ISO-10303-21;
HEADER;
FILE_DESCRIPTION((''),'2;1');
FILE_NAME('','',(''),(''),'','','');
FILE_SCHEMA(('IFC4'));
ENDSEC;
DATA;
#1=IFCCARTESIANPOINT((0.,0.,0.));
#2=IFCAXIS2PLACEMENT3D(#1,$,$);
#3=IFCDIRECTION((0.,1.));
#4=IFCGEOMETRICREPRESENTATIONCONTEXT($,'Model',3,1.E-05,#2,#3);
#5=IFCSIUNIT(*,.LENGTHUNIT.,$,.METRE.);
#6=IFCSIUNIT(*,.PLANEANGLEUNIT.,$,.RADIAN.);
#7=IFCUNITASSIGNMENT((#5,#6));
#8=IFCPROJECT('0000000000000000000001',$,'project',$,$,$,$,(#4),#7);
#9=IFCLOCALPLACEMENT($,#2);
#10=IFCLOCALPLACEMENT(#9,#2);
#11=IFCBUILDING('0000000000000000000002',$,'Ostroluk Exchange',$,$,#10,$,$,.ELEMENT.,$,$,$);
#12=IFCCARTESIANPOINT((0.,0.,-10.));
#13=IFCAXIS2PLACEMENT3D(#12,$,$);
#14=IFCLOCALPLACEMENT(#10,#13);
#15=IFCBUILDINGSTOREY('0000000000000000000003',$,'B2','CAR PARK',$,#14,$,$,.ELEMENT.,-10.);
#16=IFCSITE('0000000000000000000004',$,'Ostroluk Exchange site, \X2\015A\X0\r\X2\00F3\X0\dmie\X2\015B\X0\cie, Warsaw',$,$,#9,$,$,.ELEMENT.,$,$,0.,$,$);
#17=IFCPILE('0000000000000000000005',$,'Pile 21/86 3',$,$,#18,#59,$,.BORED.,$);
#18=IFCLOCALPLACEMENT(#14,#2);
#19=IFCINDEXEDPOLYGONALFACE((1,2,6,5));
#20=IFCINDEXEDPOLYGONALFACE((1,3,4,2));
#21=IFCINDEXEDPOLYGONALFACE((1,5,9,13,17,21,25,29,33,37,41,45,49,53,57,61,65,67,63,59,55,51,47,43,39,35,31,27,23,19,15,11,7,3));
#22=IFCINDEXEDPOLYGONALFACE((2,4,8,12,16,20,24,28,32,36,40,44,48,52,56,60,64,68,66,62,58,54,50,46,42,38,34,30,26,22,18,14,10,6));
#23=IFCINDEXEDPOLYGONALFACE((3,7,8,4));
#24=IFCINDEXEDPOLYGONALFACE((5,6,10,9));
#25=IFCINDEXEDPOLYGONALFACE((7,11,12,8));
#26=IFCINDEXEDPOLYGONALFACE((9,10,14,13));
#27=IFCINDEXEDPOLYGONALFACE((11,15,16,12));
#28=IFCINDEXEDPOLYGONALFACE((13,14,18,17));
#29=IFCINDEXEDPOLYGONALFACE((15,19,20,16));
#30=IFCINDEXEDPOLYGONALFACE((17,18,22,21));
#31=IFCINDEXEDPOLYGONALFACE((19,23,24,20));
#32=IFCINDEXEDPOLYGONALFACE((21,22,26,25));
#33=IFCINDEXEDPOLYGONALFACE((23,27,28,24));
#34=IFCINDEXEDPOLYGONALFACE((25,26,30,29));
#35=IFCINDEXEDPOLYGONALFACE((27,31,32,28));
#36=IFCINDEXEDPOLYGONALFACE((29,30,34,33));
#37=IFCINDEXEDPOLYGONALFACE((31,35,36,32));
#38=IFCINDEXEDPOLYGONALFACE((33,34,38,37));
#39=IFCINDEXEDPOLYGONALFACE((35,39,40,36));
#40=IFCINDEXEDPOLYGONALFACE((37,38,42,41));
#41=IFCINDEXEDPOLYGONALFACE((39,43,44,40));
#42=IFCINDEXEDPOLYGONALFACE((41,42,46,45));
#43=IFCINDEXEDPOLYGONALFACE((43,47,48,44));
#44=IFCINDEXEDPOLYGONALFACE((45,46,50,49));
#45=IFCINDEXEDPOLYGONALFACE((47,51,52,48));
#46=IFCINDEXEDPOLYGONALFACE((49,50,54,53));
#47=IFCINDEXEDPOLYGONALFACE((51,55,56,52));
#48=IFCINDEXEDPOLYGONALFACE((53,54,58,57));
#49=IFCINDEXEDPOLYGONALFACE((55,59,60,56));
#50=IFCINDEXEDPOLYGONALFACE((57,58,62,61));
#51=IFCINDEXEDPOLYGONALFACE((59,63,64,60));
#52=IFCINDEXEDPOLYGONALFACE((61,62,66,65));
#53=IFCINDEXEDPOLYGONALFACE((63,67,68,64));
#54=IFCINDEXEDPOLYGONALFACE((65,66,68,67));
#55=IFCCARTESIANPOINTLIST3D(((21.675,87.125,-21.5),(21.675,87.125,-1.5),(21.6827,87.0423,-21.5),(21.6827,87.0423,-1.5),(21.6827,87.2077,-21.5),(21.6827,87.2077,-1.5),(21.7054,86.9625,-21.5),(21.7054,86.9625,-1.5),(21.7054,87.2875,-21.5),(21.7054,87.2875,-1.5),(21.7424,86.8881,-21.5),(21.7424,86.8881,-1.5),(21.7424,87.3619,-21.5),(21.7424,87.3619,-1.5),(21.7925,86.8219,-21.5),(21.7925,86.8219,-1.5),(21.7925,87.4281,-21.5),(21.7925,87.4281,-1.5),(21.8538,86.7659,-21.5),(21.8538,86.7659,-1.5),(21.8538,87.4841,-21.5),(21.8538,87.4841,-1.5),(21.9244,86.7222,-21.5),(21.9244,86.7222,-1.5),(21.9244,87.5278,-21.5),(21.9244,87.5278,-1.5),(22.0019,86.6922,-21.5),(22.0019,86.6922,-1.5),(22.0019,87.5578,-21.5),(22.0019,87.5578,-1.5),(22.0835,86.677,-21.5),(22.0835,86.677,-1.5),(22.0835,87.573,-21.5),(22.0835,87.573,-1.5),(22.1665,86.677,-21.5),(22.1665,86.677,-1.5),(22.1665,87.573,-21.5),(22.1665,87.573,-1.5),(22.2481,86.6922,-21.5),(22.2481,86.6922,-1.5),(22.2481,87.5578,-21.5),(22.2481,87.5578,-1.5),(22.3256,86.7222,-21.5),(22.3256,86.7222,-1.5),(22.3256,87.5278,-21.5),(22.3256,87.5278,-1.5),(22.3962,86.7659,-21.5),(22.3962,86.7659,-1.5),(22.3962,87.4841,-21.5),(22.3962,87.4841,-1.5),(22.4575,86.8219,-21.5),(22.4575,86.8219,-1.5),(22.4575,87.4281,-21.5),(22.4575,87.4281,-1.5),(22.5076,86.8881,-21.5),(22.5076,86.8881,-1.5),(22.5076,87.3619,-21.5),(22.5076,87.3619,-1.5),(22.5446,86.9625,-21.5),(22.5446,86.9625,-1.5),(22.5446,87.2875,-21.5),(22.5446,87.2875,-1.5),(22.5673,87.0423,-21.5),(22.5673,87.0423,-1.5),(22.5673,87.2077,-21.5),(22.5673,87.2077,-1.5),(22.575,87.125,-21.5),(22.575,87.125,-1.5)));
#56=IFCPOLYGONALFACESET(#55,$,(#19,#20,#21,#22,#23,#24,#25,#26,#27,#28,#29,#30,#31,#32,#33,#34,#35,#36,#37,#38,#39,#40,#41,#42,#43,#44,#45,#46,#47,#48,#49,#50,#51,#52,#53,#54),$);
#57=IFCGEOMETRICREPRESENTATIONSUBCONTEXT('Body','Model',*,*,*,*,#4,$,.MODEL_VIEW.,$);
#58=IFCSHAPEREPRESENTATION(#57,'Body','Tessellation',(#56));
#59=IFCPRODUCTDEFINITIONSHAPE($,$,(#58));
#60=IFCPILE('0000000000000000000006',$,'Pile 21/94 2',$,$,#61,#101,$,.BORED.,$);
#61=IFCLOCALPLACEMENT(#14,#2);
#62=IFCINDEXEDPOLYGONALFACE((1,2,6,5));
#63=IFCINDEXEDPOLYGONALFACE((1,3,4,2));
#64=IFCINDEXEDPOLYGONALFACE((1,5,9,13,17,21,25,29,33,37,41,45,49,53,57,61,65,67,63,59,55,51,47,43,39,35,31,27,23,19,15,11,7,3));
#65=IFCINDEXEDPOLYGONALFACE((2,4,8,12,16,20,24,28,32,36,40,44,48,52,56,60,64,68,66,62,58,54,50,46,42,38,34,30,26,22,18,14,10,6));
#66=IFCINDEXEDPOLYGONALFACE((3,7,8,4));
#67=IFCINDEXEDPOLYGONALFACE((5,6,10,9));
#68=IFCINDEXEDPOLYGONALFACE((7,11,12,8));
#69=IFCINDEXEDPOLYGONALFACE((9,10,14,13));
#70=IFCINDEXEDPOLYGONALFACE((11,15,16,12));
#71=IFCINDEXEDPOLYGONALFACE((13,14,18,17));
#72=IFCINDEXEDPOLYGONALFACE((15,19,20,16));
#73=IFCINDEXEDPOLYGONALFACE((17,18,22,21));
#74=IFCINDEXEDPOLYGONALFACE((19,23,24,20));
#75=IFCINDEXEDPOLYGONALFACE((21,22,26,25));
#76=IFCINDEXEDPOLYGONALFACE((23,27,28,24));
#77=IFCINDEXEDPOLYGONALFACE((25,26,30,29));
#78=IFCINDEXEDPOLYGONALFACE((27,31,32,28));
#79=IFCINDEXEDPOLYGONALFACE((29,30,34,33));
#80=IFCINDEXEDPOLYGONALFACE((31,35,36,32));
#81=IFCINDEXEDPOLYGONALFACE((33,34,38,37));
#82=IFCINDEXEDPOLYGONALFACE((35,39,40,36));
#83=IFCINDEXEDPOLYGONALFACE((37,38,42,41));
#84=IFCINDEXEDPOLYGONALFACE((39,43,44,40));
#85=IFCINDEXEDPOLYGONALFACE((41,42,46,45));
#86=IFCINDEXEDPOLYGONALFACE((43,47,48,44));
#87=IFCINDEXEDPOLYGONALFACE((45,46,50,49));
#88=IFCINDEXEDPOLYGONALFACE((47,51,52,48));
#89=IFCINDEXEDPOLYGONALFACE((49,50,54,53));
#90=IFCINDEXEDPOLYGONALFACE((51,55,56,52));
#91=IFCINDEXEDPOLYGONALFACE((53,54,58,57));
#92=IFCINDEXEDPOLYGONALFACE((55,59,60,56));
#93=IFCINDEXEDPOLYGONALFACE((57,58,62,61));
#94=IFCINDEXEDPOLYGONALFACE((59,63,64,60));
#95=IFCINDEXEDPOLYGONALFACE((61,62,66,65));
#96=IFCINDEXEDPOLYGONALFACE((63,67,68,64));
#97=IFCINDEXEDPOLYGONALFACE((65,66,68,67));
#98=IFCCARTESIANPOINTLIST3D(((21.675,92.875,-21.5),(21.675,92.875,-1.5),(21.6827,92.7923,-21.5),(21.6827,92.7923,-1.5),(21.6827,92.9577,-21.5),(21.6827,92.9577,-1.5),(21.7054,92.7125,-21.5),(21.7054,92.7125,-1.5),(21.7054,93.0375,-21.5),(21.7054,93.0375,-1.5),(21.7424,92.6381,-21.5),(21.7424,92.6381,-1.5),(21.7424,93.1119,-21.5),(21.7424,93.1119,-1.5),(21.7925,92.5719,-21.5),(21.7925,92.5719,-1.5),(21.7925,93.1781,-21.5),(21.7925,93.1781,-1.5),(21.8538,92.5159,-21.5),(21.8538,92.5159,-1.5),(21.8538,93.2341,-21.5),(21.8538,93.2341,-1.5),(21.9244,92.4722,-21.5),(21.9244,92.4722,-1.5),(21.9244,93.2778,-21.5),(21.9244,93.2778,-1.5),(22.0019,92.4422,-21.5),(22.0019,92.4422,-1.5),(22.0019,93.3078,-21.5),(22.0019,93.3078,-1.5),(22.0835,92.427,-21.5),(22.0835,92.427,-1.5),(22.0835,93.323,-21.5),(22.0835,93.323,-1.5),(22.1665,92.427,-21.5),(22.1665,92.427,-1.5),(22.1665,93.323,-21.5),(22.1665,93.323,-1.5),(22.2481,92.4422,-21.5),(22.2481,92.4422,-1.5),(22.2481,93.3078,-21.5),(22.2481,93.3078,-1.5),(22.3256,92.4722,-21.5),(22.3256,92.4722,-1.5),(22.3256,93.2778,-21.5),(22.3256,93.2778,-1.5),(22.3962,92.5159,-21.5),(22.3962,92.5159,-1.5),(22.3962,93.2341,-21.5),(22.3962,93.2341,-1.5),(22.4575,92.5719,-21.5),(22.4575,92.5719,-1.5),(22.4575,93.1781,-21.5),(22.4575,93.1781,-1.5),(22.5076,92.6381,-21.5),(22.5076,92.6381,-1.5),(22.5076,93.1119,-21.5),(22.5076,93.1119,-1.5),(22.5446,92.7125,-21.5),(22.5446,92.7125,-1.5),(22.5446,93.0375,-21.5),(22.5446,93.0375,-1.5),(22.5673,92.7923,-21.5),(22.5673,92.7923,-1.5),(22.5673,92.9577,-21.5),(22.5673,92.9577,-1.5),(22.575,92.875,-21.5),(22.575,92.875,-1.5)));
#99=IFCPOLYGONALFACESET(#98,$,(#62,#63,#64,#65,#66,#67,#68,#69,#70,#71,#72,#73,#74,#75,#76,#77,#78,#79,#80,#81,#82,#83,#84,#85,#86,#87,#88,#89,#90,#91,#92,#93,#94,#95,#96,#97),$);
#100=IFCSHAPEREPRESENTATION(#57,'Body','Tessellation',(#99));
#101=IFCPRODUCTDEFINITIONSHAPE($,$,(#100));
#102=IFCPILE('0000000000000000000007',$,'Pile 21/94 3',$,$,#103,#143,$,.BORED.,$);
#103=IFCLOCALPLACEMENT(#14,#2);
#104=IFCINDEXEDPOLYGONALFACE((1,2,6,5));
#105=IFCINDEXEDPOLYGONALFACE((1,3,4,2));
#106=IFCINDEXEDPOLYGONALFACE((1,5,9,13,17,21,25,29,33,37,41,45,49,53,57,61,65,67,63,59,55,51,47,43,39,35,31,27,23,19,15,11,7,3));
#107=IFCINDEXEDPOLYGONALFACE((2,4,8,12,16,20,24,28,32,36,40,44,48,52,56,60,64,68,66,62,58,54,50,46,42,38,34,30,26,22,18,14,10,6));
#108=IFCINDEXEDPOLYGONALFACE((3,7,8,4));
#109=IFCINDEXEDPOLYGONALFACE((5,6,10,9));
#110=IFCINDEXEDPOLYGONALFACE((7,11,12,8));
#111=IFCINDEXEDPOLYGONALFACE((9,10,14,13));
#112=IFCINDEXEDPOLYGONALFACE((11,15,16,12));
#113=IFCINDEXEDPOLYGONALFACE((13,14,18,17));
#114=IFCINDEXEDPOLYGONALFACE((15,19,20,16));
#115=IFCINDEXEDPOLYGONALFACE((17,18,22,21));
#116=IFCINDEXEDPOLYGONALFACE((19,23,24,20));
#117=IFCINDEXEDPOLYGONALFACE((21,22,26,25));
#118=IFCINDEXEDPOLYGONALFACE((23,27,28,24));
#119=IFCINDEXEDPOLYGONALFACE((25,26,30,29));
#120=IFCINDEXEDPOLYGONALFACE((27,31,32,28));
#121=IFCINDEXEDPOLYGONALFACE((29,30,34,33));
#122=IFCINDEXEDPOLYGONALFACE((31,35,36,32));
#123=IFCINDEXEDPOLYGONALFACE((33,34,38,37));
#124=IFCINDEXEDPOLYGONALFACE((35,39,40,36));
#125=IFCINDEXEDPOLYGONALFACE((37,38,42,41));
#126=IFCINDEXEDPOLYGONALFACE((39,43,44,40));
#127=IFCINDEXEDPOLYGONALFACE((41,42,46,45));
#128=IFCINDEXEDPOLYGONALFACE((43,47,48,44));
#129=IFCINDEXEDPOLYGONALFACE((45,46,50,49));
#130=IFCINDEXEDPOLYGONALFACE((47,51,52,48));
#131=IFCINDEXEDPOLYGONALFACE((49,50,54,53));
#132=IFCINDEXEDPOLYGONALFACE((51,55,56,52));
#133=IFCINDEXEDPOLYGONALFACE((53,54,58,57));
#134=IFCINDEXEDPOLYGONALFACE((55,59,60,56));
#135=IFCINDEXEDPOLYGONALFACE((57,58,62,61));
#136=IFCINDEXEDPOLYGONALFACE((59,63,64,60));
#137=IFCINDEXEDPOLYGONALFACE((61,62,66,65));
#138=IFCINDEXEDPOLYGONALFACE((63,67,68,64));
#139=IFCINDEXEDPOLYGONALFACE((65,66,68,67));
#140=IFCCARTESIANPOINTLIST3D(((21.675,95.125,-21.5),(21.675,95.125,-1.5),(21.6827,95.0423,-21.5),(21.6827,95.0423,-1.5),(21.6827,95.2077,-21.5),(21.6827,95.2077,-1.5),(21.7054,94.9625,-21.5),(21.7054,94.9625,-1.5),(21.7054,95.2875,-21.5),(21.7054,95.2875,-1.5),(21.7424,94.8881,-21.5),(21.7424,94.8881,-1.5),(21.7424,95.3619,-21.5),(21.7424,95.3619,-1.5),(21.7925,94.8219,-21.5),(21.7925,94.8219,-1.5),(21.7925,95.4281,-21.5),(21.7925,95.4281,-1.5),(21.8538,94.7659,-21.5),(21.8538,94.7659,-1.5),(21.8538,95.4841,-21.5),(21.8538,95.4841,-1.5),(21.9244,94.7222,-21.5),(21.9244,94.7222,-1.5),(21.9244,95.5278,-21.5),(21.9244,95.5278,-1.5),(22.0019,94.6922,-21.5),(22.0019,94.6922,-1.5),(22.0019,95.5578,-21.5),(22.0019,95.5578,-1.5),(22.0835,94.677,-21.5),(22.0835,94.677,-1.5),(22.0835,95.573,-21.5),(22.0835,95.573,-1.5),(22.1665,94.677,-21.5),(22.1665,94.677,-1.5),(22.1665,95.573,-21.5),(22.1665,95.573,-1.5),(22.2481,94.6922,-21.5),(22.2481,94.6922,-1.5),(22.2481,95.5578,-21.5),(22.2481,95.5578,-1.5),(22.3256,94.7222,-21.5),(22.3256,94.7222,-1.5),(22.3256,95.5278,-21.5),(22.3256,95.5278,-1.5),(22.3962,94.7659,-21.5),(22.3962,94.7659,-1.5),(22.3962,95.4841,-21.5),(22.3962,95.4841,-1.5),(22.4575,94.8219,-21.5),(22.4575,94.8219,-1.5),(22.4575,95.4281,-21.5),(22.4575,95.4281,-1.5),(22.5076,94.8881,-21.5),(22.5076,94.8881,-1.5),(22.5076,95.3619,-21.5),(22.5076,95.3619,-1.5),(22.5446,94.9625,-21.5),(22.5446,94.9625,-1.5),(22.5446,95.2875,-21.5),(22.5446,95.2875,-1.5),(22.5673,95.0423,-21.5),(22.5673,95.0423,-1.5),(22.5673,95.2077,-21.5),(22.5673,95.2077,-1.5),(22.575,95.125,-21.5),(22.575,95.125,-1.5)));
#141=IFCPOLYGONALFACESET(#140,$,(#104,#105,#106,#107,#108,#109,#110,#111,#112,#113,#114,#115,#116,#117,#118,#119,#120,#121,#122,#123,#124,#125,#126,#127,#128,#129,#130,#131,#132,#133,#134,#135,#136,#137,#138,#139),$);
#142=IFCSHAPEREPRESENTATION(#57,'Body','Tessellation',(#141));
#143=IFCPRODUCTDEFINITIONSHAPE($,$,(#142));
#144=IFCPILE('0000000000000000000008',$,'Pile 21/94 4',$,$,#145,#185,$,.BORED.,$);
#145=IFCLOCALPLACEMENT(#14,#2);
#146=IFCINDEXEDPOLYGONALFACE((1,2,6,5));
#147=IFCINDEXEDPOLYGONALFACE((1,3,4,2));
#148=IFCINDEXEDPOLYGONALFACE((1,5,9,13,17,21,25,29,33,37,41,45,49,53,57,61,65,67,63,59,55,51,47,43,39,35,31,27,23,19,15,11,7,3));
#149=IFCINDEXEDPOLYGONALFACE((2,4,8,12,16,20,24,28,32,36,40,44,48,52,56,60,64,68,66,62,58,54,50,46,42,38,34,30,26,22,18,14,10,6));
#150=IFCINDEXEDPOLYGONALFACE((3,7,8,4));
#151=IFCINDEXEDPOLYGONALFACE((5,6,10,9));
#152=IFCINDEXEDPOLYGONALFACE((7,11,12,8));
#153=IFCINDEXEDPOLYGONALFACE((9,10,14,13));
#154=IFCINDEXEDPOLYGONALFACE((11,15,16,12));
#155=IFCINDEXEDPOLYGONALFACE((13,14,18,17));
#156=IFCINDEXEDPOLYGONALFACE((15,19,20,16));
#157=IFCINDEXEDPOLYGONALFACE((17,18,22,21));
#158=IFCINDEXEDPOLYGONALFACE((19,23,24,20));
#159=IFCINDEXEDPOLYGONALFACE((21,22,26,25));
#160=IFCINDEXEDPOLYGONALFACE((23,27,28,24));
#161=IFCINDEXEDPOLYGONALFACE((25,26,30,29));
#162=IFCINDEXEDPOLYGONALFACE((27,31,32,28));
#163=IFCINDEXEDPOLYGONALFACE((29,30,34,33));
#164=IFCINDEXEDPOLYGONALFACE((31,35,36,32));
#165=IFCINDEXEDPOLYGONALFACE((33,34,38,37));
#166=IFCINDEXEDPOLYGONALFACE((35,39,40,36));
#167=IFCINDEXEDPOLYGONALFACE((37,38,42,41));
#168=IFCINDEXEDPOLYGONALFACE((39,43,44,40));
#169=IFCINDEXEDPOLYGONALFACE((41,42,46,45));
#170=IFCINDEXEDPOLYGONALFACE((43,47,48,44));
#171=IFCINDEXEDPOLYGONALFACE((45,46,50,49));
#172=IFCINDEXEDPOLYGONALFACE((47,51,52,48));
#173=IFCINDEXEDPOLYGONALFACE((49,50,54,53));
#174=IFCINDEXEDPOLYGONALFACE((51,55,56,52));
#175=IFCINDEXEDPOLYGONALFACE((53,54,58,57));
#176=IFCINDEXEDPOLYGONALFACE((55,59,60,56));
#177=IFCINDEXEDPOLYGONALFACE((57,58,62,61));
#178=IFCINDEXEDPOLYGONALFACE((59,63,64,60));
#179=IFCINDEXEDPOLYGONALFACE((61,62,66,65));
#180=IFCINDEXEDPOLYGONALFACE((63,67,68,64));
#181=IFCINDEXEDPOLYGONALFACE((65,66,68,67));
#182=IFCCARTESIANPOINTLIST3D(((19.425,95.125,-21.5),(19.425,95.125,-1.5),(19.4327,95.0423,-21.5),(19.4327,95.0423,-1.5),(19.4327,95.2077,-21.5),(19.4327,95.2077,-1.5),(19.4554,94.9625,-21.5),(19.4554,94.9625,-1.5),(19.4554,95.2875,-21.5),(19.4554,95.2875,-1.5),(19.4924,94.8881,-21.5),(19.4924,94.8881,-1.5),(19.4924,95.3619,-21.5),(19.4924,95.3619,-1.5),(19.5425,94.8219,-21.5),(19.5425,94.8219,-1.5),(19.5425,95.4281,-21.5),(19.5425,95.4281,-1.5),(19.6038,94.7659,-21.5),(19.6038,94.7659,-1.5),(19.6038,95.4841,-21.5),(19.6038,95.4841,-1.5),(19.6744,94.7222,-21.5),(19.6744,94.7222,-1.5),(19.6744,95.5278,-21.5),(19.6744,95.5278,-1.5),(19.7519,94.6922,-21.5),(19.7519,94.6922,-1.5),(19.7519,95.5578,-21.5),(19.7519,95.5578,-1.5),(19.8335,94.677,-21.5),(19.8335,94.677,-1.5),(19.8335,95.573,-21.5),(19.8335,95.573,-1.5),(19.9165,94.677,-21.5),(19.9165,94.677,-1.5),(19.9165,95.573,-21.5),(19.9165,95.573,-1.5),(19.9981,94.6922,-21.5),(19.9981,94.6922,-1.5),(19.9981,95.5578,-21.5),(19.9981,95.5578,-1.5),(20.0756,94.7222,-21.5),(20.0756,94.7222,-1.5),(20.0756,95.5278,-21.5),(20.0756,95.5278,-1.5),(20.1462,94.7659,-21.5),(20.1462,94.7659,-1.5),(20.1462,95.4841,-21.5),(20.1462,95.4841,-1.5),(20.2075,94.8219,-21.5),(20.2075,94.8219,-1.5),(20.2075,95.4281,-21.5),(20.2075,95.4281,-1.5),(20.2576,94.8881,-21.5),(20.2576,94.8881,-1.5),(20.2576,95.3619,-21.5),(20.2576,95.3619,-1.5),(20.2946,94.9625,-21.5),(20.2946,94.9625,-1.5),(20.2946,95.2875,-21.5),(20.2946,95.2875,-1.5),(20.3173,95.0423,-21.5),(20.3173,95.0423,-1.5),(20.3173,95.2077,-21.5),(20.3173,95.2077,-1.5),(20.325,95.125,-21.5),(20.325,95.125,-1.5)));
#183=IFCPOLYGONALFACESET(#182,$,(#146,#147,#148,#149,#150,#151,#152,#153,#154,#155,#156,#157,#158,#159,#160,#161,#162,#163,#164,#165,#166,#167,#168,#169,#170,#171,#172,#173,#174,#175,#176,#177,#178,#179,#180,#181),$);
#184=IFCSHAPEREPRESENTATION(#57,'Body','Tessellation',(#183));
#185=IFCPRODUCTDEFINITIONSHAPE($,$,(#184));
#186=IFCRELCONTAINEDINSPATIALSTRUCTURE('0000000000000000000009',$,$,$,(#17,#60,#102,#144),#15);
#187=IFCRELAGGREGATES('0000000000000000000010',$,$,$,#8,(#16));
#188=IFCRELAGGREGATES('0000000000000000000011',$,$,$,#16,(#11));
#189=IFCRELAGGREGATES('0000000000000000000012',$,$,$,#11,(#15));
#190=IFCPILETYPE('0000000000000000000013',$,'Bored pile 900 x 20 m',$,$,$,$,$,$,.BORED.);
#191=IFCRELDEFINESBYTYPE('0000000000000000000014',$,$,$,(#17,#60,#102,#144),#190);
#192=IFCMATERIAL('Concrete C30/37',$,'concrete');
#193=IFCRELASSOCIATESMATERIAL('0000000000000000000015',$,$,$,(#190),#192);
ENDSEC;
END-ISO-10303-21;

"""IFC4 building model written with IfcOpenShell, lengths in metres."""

from ifc_helpers import new_model, si_unit, direction, frame, origin, origin_2d, place, context, subcontext, project, spatial, circle, extrude, material, type_object, element, save


model = new_model("IFC4")

# Units and contexts
model_context = context("Model", 3, precision=1e-05, world=origin(), true_north=direction((0.0, 1.0)))
body_context = subcontext(model_context, "Body", "Model", "MODEL_VIEW")
ifc_project = project(units=[si_unit("LENGTHUNIT", "METRE"), si_unit("PLANEANGLEUNIT", "RADIAN")], contexts=[model_context])

# Site, building, storey
site_placement = place(None, origin())
site = spatial("IfcSite", under=ifc_project, at=site_placement, Name="Ostroluk Exchange site, Śródmieście, Warsaw", CompositionType="ELEMENT", RefElevation=0.0)
building_placement = place(site_placement, origin())
building = spatial("IfcBuilding", under=site, at=building_placement, Name="Ostroluk Exchange", CompositionType="ELEMENT")
storey_placement = place(building_placement, frame((0.0, 0.0, -10.0)))
storey = spatial("IfcBuildingStorey", under=building, at=storey_placement, Name="B2", Description="CAR PARK", CompositionType="ELEMENT", Elevation=-10.0)

# Piles
ifc_material_1 = material(Name="Concrete C30/37", Category="concrete")
pile_type = type_object("IfcPileType", Name="Bored pile 900 x 20 m", PredefinedType="BORED", material=ifc_material_1)
for number, where, z_axis, x_axis, name in (
    (1, (22.125, 87.125, -1.5), (0.0, 0.0, -1.0), (1.0, 0.0, 0.0), "Pile 21/86 3"),
    (2, (22.125, 92.875, -1.5), (0.0, 0.0, -1.0), (1.0, 0.0, 0.0), "Pile 21/94 2"),
    (3, (22.125, 95.125, -1.5), (0.0, 0.0, -1.0), (1.0, 0.0, 0.0), "Pile 21/94 3"),
    (4, (19.875, 95.125, -1.5), (0.0, 0.0, -1.0), (1.0, 0.0, 0.0), "Pile 21/94 4"),
):
    element("IfcPile", number, at=place(storey_placement, frame(where, z_axis=z_axis, x_axis=x_axis)), inside=storey, type_object=pile_type, Name=name, PredefinedType="BORED", context=body_context, shape_type="SweptSolid", body=[
        extrude(circle(Radius=0.45, at=origin_2d()), origin(), (0.0, 0.0, 1.0), 20.0),
    ])

save(model, "model.ifc")
